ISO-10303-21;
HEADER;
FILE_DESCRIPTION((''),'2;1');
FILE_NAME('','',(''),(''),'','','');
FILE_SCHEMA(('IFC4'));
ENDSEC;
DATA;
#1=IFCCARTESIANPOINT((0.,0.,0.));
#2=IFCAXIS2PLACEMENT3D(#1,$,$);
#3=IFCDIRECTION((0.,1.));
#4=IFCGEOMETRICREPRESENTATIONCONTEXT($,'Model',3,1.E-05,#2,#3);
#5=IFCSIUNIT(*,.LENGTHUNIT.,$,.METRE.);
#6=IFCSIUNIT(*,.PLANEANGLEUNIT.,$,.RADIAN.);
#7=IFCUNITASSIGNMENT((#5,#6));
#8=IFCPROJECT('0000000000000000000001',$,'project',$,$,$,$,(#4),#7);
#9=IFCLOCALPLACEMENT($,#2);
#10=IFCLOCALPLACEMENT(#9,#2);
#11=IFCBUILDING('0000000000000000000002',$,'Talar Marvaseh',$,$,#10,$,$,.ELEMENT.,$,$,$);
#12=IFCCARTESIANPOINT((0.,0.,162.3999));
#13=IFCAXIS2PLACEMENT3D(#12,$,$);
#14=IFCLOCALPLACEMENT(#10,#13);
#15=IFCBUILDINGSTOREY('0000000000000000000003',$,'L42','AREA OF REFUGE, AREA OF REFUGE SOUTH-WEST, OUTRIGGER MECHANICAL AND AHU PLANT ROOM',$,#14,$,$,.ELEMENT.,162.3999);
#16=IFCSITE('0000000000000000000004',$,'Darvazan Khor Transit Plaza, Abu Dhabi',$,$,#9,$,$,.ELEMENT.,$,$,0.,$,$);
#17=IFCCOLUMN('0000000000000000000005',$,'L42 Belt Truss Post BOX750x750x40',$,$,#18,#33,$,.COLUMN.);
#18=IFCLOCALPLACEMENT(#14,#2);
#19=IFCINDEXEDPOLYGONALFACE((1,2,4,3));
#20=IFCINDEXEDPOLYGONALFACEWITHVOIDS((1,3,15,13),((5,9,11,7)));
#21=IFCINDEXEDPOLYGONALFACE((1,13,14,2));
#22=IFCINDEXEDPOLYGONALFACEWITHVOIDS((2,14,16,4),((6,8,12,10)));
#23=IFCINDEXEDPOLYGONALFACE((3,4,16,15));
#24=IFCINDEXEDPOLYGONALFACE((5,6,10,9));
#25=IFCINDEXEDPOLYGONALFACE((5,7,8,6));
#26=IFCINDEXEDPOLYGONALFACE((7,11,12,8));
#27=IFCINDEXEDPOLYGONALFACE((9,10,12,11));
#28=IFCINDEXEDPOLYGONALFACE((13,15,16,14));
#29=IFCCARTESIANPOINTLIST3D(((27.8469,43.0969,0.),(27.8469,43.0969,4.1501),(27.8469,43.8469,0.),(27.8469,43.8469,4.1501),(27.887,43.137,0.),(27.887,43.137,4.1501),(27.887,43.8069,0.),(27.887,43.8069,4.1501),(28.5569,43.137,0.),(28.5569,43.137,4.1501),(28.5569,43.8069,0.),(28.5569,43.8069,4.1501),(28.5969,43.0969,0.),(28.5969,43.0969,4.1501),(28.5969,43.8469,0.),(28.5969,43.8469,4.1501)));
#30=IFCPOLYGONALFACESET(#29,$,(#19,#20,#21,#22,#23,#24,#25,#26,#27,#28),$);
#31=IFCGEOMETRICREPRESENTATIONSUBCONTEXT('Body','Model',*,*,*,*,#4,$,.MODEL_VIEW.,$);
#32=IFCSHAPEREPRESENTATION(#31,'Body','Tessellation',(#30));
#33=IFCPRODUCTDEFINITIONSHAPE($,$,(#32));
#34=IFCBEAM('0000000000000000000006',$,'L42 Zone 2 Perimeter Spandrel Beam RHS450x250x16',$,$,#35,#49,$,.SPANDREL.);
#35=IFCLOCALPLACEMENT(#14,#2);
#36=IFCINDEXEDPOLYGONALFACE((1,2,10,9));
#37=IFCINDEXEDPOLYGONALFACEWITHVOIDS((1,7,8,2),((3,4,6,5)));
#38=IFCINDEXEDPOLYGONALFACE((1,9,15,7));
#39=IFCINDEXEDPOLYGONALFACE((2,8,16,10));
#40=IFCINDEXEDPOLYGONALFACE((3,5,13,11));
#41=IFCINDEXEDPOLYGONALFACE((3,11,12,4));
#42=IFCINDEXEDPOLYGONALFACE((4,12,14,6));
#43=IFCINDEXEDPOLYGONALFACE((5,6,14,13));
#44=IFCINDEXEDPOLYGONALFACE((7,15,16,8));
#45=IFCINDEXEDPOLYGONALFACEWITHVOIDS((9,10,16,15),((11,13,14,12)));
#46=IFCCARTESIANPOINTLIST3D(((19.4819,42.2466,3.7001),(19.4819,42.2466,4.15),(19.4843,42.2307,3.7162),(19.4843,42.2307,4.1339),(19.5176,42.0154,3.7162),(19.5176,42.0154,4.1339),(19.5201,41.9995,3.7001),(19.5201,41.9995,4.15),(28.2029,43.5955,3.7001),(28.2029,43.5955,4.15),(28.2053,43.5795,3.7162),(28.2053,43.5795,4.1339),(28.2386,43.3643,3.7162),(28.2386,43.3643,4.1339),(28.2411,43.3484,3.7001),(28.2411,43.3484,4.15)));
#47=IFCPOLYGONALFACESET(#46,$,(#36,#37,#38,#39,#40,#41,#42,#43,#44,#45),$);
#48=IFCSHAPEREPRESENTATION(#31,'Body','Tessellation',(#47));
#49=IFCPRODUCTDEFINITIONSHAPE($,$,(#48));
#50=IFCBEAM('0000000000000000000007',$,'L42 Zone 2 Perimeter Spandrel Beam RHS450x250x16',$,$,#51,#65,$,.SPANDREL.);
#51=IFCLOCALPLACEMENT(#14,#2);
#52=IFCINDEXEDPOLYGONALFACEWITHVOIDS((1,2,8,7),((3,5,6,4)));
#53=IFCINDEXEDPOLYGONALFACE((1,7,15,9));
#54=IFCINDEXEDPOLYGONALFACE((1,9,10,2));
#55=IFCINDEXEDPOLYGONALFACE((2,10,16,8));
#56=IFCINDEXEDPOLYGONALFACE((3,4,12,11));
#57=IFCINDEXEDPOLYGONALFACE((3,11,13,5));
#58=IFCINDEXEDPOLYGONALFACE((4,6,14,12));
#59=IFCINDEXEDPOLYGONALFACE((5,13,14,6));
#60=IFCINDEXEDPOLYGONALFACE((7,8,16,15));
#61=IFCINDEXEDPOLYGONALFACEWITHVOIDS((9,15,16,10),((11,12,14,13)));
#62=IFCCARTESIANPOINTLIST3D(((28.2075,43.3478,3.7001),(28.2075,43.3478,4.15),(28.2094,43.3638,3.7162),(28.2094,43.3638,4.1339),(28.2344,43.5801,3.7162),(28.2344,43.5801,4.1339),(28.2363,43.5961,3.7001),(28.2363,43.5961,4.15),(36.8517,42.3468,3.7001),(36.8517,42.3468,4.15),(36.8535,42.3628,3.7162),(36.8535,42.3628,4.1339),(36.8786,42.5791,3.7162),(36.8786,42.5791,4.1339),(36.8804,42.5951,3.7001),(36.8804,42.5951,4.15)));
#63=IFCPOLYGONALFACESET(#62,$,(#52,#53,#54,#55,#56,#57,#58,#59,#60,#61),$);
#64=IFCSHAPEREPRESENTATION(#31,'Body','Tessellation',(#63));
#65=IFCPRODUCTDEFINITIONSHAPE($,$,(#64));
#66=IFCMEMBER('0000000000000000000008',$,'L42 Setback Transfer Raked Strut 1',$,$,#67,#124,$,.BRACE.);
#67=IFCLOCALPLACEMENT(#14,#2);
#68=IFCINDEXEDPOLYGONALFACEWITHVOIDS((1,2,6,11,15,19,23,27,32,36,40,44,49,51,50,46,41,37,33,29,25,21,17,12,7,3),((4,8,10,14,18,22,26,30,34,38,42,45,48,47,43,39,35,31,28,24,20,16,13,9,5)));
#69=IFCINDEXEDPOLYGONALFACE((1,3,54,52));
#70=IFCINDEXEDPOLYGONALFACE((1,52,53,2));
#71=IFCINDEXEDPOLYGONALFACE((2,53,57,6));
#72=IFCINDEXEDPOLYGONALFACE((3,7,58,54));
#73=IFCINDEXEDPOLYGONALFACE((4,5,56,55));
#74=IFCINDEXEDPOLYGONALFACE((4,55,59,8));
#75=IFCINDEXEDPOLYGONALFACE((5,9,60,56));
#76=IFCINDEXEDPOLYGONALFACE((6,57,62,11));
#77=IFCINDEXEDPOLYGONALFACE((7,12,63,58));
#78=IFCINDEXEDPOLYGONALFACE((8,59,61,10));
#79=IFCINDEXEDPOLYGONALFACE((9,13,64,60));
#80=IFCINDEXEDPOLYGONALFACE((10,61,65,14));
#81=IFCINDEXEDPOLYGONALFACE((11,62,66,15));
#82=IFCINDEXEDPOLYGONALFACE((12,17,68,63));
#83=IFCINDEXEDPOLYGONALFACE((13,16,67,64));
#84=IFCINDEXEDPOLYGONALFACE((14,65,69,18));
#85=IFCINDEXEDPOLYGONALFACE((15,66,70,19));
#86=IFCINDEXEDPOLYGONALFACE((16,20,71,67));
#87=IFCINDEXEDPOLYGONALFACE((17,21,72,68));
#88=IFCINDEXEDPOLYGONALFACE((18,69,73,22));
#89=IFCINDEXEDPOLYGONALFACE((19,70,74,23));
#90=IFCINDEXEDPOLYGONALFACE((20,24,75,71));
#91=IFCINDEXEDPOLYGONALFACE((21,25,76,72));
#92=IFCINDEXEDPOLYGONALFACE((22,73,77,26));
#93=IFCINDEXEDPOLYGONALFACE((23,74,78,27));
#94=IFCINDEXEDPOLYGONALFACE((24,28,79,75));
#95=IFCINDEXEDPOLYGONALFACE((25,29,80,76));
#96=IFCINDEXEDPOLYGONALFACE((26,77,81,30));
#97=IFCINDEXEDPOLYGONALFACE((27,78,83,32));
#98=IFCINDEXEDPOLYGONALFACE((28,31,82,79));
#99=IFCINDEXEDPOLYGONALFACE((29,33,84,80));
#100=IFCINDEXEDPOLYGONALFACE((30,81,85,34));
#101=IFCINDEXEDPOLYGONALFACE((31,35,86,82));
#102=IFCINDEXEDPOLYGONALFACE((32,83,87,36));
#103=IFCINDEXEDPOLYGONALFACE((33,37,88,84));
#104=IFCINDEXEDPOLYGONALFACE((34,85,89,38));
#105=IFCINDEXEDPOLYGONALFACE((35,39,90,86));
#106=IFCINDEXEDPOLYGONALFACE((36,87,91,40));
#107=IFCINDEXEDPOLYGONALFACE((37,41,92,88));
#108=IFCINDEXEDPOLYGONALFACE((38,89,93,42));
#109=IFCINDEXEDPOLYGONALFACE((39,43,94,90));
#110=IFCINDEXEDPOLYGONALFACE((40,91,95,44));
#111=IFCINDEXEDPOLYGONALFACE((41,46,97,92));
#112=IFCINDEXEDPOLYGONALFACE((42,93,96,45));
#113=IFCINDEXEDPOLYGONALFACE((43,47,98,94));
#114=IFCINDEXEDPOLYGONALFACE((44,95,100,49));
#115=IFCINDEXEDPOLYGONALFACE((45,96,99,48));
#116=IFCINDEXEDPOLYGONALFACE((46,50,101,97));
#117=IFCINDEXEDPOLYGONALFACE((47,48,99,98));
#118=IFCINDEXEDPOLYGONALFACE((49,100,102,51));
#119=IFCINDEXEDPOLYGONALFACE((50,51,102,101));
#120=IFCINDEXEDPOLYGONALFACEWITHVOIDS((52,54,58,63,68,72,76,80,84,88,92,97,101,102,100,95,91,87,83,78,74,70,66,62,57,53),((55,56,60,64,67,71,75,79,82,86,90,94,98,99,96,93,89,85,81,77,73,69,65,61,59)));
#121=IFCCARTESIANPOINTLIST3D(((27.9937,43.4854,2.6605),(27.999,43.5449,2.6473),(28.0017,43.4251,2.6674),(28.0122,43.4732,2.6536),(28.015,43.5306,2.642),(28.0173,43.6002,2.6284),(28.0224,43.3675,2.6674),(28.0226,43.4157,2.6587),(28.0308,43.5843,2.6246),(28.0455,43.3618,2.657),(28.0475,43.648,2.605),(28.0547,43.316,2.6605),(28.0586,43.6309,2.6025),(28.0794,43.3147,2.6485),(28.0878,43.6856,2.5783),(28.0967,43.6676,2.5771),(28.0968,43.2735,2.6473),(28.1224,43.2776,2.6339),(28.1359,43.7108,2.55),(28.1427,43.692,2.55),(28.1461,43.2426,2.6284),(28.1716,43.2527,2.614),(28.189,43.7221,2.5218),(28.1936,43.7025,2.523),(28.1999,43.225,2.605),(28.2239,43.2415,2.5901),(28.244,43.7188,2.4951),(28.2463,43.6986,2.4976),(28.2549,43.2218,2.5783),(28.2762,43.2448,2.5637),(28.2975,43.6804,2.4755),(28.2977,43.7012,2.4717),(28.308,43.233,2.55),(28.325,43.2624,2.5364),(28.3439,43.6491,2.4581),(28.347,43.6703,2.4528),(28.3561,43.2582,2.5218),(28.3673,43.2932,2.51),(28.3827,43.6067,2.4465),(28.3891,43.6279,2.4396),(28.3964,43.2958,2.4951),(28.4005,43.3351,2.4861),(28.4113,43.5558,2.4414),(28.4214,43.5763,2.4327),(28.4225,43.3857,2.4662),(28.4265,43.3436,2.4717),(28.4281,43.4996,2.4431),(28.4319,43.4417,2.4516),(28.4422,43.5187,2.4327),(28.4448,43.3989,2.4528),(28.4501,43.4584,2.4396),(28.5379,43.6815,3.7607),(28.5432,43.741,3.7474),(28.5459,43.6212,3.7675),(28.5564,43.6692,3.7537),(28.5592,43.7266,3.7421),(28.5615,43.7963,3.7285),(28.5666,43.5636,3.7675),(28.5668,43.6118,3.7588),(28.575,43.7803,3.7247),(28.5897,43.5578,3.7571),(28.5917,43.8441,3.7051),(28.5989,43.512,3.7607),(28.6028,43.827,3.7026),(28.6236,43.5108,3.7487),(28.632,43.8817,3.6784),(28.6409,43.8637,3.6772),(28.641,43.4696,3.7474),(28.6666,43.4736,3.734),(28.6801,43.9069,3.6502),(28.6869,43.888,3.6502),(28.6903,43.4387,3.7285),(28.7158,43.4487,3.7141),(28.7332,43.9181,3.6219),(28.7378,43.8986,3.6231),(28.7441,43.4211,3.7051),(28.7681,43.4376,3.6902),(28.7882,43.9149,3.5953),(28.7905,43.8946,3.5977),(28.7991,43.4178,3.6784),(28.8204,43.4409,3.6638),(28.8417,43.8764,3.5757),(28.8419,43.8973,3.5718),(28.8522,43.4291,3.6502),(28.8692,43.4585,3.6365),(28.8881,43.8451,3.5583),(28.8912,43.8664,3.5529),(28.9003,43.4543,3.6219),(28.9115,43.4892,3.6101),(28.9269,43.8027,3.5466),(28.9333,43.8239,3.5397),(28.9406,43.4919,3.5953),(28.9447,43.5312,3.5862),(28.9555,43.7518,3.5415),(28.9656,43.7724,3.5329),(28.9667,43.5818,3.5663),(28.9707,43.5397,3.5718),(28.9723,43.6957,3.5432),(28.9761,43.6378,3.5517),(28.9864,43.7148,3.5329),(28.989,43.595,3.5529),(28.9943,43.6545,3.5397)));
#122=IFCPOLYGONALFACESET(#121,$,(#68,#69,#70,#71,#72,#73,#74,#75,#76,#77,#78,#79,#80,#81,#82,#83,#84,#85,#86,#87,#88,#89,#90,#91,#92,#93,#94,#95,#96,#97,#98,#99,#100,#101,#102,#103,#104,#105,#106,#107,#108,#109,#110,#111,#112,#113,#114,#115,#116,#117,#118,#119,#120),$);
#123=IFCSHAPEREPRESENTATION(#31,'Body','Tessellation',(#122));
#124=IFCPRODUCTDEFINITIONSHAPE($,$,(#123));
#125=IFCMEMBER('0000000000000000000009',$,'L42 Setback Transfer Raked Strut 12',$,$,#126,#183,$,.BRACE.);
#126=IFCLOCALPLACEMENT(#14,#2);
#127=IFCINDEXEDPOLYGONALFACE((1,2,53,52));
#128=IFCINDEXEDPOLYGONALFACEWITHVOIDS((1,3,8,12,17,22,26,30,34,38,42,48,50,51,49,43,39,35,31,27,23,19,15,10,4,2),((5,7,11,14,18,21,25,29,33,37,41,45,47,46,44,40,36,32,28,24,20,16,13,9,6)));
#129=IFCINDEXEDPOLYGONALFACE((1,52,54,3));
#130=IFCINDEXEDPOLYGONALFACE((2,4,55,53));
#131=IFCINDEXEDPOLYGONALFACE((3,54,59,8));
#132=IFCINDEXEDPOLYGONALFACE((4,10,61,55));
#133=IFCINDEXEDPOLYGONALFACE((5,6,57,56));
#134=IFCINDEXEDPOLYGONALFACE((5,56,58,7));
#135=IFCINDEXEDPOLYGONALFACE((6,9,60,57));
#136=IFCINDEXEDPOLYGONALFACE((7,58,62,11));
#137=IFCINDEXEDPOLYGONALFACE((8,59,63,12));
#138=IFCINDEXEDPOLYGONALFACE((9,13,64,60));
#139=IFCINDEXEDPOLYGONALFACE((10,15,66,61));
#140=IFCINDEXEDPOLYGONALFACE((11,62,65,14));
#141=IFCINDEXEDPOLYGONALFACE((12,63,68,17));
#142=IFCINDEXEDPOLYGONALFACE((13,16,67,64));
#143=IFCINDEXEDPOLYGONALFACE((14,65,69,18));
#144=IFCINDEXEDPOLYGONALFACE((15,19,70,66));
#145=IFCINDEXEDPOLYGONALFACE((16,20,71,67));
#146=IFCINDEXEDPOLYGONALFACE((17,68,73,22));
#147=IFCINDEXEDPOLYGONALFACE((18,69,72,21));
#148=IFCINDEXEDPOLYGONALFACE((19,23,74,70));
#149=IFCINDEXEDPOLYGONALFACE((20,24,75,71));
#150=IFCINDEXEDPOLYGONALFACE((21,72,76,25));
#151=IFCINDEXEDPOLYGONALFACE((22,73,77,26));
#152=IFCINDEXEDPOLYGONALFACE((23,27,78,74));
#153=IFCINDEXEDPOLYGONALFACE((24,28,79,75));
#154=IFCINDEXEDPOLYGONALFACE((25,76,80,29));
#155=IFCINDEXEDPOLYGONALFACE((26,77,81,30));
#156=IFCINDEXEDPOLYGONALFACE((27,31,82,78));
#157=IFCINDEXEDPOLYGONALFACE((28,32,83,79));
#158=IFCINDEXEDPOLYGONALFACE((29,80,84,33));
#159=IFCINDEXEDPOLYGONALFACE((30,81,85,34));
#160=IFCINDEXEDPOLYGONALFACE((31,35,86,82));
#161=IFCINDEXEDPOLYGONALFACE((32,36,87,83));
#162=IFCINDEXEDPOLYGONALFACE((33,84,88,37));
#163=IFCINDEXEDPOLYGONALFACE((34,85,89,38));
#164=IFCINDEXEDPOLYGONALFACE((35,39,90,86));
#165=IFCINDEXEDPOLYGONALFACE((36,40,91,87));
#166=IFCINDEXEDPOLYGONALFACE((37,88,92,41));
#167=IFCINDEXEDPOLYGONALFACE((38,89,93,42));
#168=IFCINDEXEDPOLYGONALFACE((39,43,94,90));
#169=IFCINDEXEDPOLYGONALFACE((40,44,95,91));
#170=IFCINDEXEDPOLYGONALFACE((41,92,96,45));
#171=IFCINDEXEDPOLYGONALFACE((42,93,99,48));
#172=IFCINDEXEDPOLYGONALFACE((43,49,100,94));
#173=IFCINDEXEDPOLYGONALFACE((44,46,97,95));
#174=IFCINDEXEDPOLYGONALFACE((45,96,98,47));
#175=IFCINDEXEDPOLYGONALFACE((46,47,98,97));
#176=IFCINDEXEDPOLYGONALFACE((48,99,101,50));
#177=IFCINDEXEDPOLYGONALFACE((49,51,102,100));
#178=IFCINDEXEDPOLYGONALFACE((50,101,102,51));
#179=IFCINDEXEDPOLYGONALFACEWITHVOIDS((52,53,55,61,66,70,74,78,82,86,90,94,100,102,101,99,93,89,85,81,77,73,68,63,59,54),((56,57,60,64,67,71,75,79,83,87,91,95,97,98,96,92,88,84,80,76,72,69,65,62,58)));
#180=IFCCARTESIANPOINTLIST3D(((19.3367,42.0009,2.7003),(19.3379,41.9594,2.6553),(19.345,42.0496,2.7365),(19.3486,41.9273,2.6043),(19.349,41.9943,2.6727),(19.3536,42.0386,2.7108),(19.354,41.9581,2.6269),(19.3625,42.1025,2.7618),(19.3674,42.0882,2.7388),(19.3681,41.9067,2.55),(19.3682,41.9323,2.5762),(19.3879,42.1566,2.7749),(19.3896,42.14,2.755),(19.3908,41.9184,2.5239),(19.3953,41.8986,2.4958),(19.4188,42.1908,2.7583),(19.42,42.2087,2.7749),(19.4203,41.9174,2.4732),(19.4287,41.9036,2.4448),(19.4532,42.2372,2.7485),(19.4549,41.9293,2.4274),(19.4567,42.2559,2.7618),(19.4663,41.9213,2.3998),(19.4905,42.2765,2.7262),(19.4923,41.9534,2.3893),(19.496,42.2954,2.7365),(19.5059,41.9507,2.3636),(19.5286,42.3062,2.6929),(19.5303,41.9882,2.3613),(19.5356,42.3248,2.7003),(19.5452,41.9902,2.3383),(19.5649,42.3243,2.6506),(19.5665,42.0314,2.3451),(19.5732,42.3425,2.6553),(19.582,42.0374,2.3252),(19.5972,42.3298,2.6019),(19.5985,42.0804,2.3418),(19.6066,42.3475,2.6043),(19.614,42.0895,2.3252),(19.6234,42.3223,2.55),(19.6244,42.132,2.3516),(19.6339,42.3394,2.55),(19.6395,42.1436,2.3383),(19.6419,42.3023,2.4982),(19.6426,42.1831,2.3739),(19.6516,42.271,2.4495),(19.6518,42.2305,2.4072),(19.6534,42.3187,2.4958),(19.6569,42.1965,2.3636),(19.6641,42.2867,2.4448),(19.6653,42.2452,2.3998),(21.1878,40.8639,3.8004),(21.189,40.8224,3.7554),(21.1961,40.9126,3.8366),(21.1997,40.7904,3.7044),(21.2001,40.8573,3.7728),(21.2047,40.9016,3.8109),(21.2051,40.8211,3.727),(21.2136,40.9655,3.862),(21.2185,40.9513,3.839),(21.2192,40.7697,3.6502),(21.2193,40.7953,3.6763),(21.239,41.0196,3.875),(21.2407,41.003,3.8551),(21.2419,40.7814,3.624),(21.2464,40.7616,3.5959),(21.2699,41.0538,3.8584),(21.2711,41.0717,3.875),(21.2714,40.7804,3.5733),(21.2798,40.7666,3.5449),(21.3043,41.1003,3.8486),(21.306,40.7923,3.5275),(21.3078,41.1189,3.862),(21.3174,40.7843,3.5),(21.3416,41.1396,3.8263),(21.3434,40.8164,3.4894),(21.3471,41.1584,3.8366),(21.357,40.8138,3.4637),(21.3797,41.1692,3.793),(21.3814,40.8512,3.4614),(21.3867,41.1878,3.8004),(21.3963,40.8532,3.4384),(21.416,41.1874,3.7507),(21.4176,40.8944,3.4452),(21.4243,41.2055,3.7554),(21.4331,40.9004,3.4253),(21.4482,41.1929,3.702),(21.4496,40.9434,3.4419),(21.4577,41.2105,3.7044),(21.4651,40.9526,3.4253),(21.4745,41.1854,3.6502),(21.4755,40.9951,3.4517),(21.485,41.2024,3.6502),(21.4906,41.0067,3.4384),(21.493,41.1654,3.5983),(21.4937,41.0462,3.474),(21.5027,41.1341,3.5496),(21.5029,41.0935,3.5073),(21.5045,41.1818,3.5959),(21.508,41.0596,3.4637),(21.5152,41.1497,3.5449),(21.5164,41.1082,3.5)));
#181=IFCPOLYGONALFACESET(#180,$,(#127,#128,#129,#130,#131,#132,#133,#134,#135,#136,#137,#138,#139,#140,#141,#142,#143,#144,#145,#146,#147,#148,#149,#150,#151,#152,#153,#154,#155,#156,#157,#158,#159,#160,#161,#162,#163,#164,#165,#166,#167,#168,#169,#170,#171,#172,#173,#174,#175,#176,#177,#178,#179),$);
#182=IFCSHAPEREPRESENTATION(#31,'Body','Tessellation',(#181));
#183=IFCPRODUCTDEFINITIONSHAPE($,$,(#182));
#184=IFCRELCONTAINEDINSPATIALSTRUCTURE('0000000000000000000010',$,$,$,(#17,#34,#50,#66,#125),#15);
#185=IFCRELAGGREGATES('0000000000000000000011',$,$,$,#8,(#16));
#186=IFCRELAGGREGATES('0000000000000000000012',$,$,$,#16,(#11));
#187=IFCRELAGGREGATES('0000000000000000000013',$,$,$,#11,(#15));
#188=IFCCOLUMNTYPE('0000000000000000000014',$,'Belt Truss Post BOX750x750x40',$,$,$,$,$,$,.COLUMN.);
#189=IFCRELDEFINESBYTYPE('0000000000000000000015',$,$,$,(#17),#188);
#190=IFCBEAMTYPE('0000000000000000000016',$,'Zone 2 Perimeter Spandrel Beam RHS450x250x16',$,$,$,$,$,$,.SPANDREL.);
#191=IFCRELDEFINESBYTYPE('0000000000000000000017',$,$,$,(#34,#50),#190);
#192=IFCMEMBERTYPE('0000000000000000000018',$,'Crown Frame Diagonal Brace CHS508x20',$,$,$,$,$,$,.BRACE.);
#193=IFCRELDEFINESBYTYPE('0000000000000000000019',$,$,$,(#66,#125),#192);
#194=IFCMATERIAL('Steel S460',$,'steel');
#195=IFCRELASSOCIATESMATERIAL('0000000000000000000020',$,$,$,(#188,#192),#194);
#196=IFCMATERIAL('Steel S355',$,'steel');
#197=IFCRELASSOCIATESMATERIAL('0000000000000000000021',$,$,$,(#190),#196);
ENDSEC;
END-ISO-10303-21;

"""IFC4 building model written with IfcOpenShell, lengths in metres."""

from ifc_helpers import new_model, si_unit, direction, frame, origin, origin_2d, place, context, subcontext, project, spatial, hollow_rectangle, hollow_circle, extrude, source, transform, mapped, material, material_profile, profile_set, type_object, type_shapes, element, save


model = new_model("IFC4")

# Units and contexts
model_context = context("Model", 3, precision=1e-05, world=origin(), true_north=direction((0.0, 1.0)))
body_context = subcontext(model_context, "Body", "Model", "MODEL_VIEW")
ifc_project = project(units=[si_unit("LENGTHUNIT", "METRE"), si_unit("PLANEANGLEUNIT", "RADIAN")], contexts=[model_context])

# Site, building, storey
site_placement = place(None, origin())
site = spatial("IfcSite", under=ifc_project, at=site_placement, Name="Darvazan Khor Transit Plaza, Abu Dhabi", CompositionType="ELEMENT", RefElevation=0.0)
building_placement = place(site_placement, origin())
building = spatial("IfcBuilding", under=site, at=building_placement, Name="Talar Marvaseh", CompositionType="ELEMENT")
storey_placement = place(building_placement, frame((0.0, 0.0, 162.3999)))
storey = spatial("IfcBuildingStorey", under=building, at=storey_placement, Name="L42", Description="AREA OF REFUGE, AREA OF REFUGE SOUTH-WEST, OUTRIGGER MECHANICAL AND AHU PLANT ROOM", CompositionType="ELEMENT", Elevation=162.3999)

# Column
ifc_material_1 = material(Name="Steel S460", Category="steel")
ifc_material_profile_1 = material_profile(ifc_material_1, hollow_rectangle(XDim=0.75, YDim=0.75, WallThickness=0.04, at=origin_2d()), Name="BOX750x750x40")
ifc_profile_set_1 = profile_set([ifc_material_profile_1], Name="Steel S460")
column_type = type_object("IfcColumnType", Name="Belt Truss Post BOX750x750x40", PredefinedType="COLUMN", material=ifc_profile_set_1)
column_placement = place(storey_placement, frame((28.2219, 43.4719, 0.0), z_axis=(0.0, 0.0, 1.0), x_axis=(1.0, 0.0, 0.0)))
element("IfcColumn", 1, at=column_placement, inside=storey, type_object=column_type, Name="L42 Belt Truss Post BOX750x750x40", PredefinedType="COLUMN", context=body_context, shape_type="SweptSolid", body=[
    extrude(hollow_rectangle(XDim=0.75, YDim=0.75, WallThickness=0.04, at=origin_2d()), origin(), (0.0, 0.0, 1.0), 4.1501),
])

# Beams
ifc_material_2 = material(Name="Steel S355", Category="steel")
ifc_material_profile_2 = material_profile(ifc_material_2, hollow_rectangle(XDim=0.25, YDim=0.45, WallThickness=0.0161, at=origin_2d()), Name="RHS450x250x16")
ifc_profile_set_2 = profile_set([ifc_material_profile_2], Name="Steel S355")
beam_type = type_object("IfcBeamType", Name="Zone 2 Perimeter Spandrel Beam RHS450x250x16", PredefinedType="SPANDREL", material=ifc_profile_set_2)
beam_1_placement = place(storey_placement, frame((19.501, 42.123, 3.925), z_axis=(0.988249, 0.152853, 0.0), x_axis=(-0.152853, 0.988249, 0.0)))
element("IfcBeam", 2, at=beam_1_placement, inside=storey, type_object=beam_type, Name="L42 Zone 2 Perimeter Spandrel Beam RHS450x250x16", PredefinedType="SPANDREL", context=body_context, shape_type="SweptSolid", body=[
    extrude(hollow_rectangle(XDim=0.25, YDim=0.45, WallThickness=0.0161, at=origin_2d()), origin(), (0.0, 0.0, 1.0), 8.8247),
])
beam_2_placement = place(storey_placement, frame((28.2219, 43.4719, 3.925), z_axis=(0.993362, -0.115031, 0.0), x_axis=(0.115031, 0.993362, 0.0)))
element("IfcBeam", 3, at=beam_2_placement, inside=storey, type_object=beam_type, Name="L42 Zone 2 Perimeter Spandrel Beam RHS450x250x16", PredefinedType="SPANDREL", context=body_context, shape_type="SweptSolid", body=[
    extrude(hollow_rectangle(XDim=0.25, YDim=0.45, WallThickness=0.0161, at=origin_2d()), origin(), (0.0, 0.0, 1.0), 8.7019),
])

# Members
ifc_material_profile_3 = material_profile(ifc_material_1, hollow_circle(Radius=0.2539, WallThickness=0.02, at=origin_2d()), Name="CHS508x20")
ifc_profile_set_3 = profile_set([ifc_material_profile_3], Name="Steel S460")
member_type_1 = type_object("IfcMemberType", Name="Crown Frame Diagonal Brace CHS508x20", PredefinedType="BRACE", material=ifc_profile_set_3)
shared_shape_1 = source(origin(), body_context, "Body", "SweptSolid", [
    extrude(hollow_circle(Radius=0.2539, WallThickness=0.02, at=origin_2d()), origin(), (0.0, 0.0, 1.0), 1.2429),
])
member_1_placement = place(storey_placement, frame((28.2219, 43.4719, 2.55), z_axis=(0.43784, 0.157732, 0.885108), x_axis=(-0.338929, 0.940812, 0.0)))
element("IfcMember", 4, at=member_1_placement, inside=storey, type_object=member_type_1, Name="L42 Setback Transfer Raked Strut 1", PredefinedType="BRACE", context=body_context, shape_type="MappedRepresentation", body=[
    mapped(shared_shape_1, transform((0.0, 0.0, 0.0), x_axis=(1.0, 0.0, 0.0), y_axis=(0.0, 1.0, 0.0), z_axis=(0.0, 0.0, 1.0), scale=1.0)),
])
shared_shape_2 = source(origin(), body_context, "Body", "SweptSolid", [
    extrude(hollow_circle(Radius=0.2539, WallThickness=0.02, at=origin_2d()), origin(), (0.0, 0.0, 1.0), 2.4351),
])
type_shapes(member_type_1, [shared_shape_1, shared_shape_2])
member_2_placement = place(storey_placement, frame((19.501, 42.123, 2.55), z_axis=(0.760185, -0.466919, 0.45178), x_axis=(0.523376, 0.852102, 0.0)))
element("IfcMember", 5, at=member_2_placement, inside=storey, type_object=member_type_1, Name="L42 Setback Transfer Raked Strut 12", PredefinedType="BRACE", context=body_context, shape_type="MappedRepresentation", body=[
    mapped(shared_shape_2, transform((0.0, 0.0, 0.0), x_axis=(1.0, 0.0, 0.0), y_axis=(0.0, 1.0, 0.0), z_axis=(0.0, 0.0, 1.0), scale=1.0)),
])

save(model, "model.ifc")
